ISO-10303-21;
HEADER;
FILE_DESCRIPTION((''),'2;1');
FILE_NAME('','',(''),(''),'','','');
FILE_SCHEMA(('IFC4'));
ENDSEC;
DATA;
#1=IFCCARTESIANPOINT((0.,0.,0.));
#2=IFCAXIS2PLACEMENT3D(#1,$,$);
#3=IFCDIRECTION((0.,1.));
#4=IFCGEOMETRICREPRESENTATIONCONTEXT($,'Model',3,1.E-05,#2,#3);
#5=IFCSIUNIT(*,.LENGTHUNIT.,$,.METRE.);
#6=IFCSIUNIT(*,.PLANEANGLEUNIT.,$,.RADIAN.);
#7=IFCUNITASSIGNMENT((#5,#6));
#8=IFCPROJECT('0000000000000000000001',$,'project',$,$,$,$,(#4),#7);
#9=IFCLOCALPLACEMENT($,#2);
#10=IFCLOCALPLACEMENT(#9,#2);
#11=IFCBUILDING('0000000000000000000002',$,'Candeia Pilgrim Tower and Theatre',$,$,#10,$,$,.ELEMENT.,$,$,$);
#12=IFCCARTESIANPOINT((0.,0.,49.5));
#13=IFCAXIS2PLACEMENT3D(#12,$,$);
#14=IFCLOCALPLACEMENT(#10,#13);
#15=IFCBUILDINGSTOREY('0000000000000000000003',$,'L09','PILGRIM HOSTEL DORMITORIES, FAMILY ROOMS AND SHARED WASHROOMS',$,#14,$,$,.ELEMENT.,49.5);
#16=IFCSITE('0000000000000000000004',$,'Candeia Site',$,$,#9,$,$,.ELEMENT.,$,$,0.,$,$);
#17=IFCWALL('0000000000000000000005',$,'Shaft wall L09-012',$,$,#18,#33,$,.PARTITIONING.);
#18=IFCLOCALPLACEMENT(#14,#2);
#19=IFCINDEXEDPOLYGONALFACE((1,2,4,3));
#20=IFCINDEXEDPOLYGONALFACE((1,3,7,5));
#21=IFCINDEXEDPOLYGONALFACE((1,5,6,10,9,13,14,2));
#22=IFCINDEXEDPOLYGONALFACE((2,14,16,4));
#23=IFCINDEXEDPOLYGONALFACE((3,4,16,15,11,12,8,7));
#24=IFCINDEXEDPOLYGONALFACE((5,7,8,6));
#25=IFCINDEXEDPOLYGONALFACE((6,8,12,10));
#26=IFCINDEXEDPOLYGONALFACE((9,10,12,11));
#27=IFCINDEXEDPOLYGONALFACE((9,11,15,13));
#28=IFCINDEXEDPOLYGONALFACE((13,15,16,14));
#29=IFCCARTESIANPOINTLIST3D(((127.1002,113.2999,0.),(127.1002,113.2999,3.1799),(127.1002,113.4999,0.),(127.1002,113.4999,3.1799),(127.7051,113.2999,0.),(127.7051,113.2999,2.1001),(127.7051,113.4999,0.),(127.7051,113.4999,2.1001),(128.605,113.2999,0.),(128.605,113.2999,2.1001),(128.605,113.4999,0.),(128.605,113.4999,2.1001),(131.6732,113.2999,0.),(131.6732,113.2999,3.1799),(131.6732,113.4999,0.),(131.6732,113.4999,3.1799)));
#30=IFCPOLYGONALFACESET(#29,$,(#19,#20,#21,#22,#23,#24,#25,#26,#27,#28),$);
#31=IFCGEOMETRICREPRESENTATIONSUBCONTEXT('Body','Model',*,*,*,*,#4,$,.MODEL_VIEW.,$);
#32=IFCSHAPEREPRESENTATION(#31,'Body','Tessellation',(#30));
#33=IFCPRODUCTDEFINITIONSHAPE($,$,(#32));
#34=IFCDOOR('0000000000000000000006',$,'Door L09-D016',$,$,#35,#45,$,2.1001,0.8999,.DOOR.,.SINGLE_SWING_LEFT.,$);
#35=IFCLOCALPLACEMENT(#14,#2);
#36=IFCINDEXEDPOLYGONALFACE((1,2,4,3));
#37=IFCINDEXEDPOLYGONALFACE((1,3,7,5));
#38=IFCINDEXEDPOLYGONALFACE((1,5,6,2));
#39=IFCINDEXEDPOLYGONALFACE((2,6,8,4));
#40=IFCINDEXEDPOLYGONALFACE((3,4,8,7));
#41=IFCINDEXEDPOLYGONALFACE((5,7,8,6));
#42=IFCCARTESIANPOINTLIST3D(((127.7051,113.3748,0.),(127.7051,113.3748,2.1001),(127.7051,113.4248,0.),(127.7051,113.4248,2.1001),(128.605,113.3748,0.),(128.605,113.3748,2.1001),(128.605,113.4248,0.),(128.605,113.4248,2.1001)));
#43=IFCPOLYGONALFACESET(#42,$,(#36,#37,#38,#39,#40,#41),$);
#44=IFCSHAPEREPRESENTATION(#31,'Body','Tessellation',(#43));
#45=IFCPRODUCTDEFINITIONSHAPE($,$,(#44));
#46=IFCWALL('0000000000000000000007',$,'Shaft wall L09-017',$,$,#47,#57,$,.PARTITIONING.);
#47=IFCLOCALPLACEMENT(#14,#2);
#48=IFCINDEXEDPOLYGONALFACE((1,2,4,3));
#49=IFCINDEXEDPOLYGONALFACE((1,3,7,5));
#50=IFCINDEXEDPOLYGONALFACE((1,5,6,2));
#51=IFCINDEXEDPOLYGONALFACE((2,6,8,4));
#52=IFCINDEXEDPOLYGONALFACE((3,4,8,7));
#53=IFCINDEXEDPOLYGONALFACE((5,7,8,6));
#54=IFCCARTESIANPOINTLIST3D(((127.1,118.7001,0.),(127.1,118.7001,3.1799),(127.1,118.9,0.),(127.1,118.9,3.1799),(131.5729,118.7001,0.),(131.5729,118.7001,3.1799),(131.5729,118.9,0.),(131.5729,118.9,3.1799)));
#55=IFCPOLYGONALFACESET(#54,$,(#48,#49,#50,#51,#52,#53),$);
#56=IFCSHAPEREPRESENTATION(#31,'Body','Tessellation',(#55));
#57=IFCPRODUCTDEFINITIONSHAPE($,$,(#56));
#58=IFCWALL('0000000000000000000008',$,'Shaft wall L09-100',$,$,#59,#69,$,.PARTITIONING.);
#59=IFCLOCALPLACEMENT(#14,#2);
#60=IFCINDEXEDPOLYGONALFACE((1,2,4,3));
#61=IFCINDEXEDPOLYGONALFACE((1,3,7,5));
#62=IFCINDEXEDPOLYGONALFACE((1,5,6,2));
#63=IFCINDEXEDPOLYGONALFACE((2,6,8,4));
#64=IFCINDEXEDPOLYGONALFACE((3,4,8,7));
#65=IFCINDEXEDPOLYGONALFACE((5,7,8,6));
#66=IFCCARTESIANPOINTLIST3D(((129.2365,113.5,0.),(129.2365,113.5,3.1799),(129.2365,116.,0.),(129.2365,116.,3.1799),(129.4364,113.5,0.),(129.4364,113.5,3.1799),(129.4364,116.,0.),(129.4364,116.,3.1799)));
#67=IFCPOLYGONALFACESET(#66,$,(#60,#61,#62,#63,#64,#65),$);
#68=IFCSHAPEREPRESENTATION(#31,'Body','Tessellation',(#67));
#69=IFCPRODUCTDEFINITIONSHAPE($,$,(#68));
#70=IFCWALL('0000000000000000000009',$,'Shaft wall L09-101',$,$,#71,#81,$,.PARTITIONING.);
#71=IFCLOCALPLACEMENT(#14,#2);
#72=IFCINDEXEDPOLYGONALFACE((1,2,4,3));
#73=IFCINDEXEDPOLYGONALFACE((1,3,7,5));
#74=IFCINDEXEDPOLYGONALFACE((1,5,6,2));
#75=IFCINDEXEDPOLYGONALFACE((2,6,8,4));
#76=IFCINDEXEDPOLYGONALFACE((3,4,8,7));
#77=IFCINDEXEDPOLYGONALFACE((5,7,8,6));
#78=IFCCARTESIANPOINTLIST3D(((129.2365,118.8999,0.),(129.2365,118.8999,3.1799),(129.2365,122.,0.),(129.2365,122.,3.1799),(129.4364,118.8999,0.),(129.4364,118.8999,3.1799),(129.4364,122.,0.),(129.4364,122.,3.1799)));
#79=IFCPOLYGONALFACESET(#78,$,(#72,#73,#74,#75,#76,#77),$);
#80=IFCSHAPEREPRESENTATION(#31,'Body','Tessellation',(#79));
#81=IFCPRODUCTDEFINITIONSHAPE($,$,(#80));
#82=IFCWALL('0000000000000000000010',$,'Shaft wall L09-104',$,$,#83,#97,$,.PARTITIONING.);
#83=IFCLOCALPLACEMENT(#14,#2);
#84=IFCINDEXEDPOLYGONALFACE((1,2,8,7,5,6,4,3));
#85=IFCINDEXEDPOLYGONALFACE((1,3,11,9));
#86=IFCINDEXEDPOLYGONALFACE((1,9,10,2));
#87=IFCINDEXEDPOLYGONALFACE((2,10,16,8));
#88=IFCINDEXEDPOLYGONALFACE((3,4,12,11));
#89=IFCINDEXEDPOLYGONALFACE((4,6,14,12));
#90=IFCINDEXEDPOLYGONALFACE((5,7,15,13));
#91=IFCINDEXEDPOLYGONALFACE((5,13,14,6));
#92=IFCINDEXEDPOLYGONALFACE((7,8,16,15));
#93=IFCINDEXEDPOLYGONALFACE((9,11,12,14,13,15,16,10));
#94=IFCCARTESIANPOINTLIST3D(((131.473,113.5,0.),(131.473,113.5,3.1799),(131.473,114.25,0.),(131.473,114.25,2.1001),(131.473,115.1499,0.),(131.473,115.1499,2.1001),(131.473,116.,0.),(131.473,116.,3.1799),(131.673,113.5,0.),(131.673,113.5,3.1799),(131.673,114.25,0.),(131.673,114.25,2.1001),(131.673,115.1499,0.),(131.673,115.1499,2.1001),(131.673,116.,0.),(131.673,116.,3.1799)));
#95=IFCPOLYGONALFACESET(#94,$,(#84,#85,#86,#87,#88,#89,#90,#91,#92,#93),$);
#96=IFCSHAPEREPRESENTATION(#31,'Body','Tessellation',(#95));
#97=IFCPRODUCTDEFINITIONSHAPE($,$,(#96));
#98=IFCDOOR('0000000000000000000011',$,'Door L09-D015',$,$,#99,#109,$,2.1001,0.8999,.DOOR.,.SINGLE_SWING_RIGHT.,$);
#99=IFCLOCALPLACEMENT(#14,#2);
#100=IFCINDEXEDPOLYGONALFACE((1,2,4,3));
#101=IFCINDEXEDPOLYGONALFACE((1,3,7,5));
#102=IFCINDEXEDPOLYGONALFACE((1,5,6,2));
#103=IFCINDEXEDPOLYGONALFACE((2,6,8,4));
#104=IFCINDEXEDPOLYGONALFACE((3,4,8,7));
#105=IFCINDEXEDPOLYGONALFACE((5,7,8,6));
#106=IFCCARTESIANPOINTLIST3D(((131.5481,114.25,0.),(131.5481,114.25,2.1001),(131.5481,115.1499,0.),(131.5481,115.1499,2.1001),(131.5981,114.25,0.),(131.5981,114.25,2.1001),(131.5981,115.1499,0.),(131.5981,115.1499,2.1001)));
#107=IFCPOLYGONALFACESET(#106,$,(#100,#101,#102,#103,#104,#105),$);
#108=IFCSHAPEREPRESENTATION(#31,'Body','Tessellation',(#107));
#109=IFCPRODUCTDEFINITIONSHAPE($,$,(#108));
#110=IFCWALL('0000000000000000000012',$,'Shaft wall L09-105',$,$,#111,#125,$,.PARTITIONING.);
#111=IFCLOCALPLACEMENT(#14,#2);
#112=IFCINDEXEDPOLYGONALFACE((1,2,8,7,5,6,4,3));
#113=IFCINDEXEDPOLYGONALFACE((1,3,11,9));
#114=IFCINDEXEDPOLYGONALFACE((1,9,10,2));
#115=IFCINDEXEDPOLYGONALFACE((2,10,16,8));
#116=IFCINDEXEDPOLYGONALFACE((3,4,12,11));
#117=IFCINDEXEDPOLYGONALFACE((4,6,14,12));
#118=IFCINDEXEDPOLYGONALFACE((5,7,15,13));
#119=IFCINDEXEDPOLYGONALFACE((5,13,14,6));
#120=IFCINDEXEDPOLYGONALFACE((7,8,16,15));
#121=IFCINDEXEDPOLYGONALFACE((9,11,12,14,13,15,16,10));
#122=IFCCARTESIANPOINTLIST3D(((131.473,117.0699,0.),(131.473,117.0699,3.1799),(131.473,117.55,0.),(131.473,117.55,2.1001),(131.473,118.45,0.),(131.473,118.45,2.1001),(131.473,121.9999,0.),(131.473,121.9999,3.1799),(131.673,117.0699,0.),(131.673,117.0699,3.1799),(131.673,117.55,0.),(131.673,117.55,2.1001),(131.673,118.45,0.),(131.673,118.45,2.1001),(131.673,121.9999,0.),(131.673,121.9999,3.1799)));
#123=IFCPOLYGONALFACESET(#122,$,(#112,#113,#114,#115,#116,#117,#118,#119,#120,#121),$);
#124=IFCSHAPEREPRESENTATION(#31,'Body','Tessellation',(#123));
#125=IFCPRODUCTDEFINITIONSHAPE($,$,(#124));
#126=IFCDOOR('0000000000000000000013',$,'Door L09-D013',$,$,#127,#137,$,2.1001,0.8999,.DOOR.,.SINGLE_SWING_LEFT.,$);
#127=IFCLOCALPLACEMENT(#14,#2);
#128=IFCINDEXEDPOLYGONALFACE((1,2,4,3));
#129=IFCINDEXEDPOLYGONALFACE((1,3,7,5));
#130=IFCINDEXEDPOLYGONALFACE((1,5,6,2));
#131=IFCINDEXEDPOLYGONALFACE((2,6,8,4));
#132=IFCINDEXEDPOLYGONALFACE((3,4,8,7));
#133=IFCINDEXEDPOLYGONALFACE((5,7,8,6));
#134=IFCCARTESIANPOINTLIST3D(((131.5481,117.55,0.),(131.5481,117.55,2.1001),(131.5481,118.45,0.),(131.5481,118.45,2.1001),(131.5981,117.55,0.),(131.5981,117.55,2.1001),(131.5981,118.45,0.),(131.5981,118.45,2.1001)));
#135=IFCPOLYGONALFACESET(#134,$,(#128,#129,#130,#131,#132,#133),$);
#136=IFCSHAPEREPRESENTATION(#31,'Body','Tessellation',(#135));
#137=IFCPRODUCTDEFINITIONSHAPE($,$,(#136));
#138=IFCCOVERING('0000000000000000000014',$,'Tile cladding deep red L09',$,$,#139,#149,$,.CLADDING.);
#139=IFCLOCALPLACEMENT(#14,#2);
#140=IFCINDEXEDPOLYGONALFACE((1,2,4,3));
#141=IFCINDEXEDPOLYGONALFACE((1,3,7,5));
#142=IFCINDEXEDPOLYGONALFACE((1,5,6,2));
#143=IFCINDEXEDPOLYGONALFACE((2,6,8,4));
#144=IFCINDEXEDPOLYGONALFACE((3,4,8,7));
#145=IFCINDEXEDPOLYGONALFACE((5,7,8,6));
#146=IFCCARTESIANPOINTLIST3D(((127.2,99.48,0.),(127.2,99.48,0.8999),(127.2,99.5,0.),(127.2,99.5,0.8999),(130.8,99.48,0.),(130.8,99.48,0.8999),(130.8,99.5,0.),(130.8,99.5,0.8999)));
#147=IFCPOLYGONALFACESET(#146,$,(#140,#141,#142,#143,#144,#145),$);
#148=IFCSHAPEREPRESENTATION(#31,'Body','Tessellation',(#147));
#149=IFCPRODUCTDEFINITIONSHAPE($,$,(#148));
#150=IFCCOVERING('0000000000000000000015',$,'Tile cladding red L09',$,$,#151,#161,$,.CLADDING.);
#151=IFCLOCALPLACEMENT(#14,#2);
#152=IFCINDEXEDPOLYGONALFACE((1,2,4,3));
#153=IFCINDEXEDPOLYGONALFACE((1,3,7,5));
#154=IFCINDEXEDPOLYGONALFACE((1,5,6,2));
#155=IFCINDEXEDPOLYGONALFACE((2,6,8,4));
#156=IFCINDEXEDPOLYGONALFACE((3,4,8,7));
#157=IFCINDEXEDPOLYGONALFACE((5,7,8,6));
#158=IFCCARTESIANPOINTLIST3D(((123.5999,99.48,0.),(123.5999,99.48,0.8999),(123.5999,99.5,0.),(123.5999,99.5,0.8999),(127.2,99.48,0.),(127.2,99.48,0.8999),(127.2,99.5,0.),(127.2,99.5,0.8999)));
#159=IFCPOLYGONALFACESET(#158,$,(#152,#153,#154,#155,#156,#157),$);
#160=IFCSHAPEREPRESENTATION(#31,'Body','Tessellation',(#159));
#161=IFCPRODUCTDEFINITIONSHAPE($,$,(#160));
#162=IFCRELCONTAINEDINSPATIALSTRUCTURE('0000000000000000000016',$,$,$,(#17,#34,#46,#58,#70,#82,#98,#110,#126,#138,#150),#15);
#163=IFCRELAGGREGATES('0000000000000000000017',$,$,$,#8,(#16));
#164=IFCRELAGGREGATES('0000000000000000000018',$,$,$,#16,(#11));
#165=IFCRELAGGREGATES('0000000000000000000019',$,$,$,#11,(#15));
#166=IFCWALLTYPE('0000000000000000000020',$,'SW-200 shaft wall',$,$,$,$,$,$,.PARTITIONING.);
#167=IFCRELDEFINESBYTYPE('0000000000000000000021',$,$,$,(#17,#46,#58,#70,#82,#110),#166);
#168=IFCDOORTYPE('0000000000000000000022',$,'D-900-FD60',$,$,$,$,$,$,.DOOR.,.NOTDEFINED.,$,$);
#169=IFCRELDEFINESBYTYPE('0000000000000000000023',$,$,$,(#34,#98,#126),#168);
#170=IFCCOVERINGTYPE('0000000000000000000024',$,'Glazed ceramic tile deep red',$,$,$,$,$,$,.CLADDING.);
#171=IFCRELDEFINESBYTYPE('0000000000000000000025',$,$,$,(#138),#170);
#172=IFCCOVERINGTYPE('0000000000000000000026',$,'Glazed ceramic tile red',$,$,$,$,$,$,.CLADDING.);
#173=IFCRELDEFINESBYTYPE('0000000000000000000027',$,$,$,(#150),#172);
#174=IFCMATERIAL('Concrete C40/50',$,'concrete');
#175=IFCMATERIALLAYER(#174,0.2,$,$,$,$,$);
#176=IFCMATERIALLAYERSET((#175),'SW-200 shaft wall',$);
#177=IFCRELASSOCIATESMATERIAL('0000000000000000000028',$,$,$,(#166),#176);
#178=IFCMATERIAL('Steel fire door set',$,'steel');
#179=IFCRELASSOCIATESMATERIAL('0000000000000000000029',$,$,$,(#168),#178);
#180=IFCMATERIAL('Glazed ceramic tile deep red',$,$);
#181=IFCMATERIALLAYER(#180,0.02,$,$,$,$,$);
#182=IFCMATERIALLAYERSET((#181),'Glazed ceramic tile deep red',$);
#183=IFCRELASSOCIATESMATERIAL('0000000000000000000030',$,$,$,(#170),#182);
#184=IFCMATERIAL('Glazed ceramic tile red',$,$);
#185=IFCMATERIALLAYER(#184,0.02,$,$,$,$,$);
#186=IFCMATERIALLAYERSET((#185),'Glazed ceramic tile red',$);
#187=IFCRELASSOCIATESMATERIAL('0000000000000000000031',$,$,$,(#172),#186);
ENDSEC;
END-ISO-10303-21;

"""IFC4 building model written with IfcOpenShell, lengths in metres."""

from ifc_helpers import new_model, si_unit, direction, frame, frame_2d, origin, origin_2d, place, context, subcontext, project, spatial, rectangle, extrude, material, layer, layer_set, type_object, element, fill, save


model = new_model("IFC4")

# Units and contexts
model_context = context("Model", 3, precision=1e-05, world=origin(), true_north=direction((0.0, 1.0)))
body_context = subcontext(model_context, "Body", "Model", "MODEL_VIEW")
ifc_project = project(units=[si_unit("LENGTHUNIT", "METRE"), si_unit("PLANEANGLEUNIT", "RADIAN")], contexts=[model_context])

# Site, building, storey
site_placement = place(None, origin())
site = spatial("IfcSite", under=ifc_project, at=site_placement, Name="Candeia Site", CompositionType="ELEMENT", RefElevation=0.0)
building_placement = place(site_placement, origin())
building = spatial("IfcBuilding", under=site, at=building_placement, Name="Candeia Pilgrim Tower and Theatre", CompositionType="ELEMENT")
storey_placement = place(building_placement, frame((0.0, 0.0, 49.5)))
storey = spatial("IfcBuildingStorey", under=building, at=storey_placement, Name="L09", Description="PILGRIM HOSTEL DORMITORIES, FAMILY ROOMS AND SHARED WASHROOMS", CompositionType="ELEMENT", Elevation=49.5)

# Shared definitions
ifc_material_1 = material(Name="Steel fire door set", Category="steel")

# Wall, opening, door
ifc_material_2 = material(Name="Concrete C40/50", Category="concrete")
ifc_layer_1 = layer(ifc_material_2, 0.2)
ifc_layer_set_1 = layer_set([ifc_layer_1], Name="SW-200 shaft wall")
wall_type_1 = type_object("IfcWallType", Name="SW-200 shaft wall", PredefinedType="PARTITIONING", material=ifc_layer_set_1)
wall_1_placement = place(storey_placement, frame((127.1001, 113.3999, 0.0), z_axis=(0.0, 0.0, 1.0), x_axis=(1.0, 0.0, 0.0)))
wall_1 = element("IfcWall", 1, at=wall_1_placement, inside=storey, type_object=wall_type_1, Name="Shaft wall L09-012", PredefinedType="PARTITIONING", context=body_context, shape_type="SweptSolid", body=[
    extrude(rectangle(XDim=4.573, YDim=0.2, at=frame_2d((2.2866, 0.0))), origin(), (0.0, 0.0, 1.0), 3.1799),
])
opening_1_placement = place(wall_1_placement, frame((0.605, 0.0, 0.0)))
opening_1 = element("IfcOpeningElement", 2, at=opening_1_placement, cuts=wall_1, PredefinedType="OPENING", context=body_context, shape_type="SweptSolid", body=[
    extrude(rectangle(XDim=0.8999, YDim=2.1001, at=frame_2d((0.45, 1.05))), frame((0.0, 0.1099, 0.0), z_axis=(0.0, -1.0, 0.0), x_axis=(1.0, 0.0, 0.0)), (0.0, 0.0, 1.0), 0.22),
])
door_type_1 = type_object("IfcDoorType", Name="D-900-FD60", OperationType="NOTDEFINED", PredefinedType="DOOR", material=ifc_material_1)
door_1_placement = place(opening_1_placement, origin())
door_1 = element("IfcDoor", 3, at=door_1_placement, inside=storey, type_object=door_type_1, Name="Door L09-D016", OperationType="SINGLE_SWING_LEFT", OverallHeight=2.1001, OverallWidth=0.8999, PredefinedType="DOOR", context=body_context, shape_type="SweptSolid", body=[
    extrude(rectangle(XDim=0.8999, YDim=2.1001, at=frame_2d((0.45, 1.05))), frame((0.0, 0.0249, 0.0), z_axis=(0.0, -1.0, 0.0), x_axis=(1.0, 0.0, 0.0)), (0.0, 0.0, 1.0), 0.05),
])
fill(opening_1, door_1)

# Walls
wall_2_placement = place(storey_placement, frame((127.1001, 118.8, 0.0), z_axis=(0.0, 0.0, 1.0), x_axis=(1.0, 0.0, 0.0)))
element("IfcWall", 4, at=wall_2_placement, inside=storey, type_object=wall_type_1, Name="Shaft wall L09-017", PredefinedType="PARTITIONING", context=body_context, shape_type="SweptSolid", body=[
    extrude(rectangle(XDim=4.4729, YDim=0.2, at=frame_2d((2.2363, 0.0))), origin(), (0.0, 0.0, 1.0), 3.1799),
])
wall_3_placement = place(storey_placement, frame((129.3364, 113.5, 0.0), z_axis=(0.0, 0.0, 1.0), x_axis=(0.0, 1.0, 0.0)))
element("IfcWall", 5, at=wall_3_placement, inside=storey, type_object=wall_type_1, Name="Shaft wall L09-100", PredefinedType="PARTITIONING", context=body_context, shape_type="SweptSolid", body=[
    extrude(rectangle(XDim=2.5, YDim=0.2, at=frame_2d((1.25, 0.0))), origin(), (0.0, 0.0, 1.0), 3.1799),
])
wall_4_placement = place(storey_placement, frame((129.3364, 118.8999, 0.0), z_axis=(0.0, 0.0, 1.0), x_axis=(0.0, 1.0, 0.0)))
element("IfcWall", 6, at=wall_4_placement, inside=storey, type_object=wall_type_1, Name="Shaft wall L09-101", PredefinedType="PARTITIONING", context=body_context, shape_type="SweptSolid", body=[
    extrude(rectangle(XDim=3.1001, YDim=0.2, at=frame_2d((1.55, 0.0))), origin(), (0.0, 0.0, 1.0), 3.1799),
])

# Walls, openings, doors
wall_5_placement = place(storey_placement, frame((131.573, 113.5, 0.0), z_axis=(0.0, 0.0, 1.0), x_axis=(0.0, 1.0, 0.0)))
wall_5 = element("IfcWall", 7, at=wall_5_placement, inside=storey, type_object=wall_type_1, Name="Shaft wall L09-104", PredefinedType="PARTITIONING", context=body_context, shape_type="SweptSolid", body=[
    extrude(rectangle(XDim=2.5, YDim=0.2, at=frame_2d((1.25, 0.0))), origin(), (0.0, 0.0, 1.0), 3.1799),
])
opening_2_placement = place(wall_5_placement, frame((0.75, 0.0, 0.0)))
opening_2 = element("IfcOpeningElement", 8, at=opening_2_placement, cuts=wall_5, PredefinedType="OPENING", context=body_context, shape_type="SweptSolid", body=[
    extrude(rectangle(XDim=0.8999, YDim=2.1001, at=frame_2d((0.45, 1.05))), frame((0.0, 0.1099, 0.0), z_axis=(0.0, -1.0, 0.0), x_axis=(1.0, 0.0, 0.0)), (0.0, 0.0, 1.0), 0.22),
])
door_2_placement = place(opening_2_placement, origin())
door_2 = element("IfcDoor", 9, at=door_2_placement, inside=storey, type_object=door_type_1, Name="Door L09-D015", OperationType="SINGLE_SWING_RIGHT", OverallHeight=2.1001, OverallWidth=0.8999, PredefinedType="DOOR", context=body_context, shape_type="SweptSolid", body=[
    extrude(rectangle(XDim=0.8999, YDim=2.1001, at=frame_2d((0.45, 1.05))), frame((0.0, 0.0249, 0.0), z_axis=(0.0, -1.0, 0.0), x_axis=(1.0, 0.0, 0.0)), (0.0, 0.0, 1.0), 0.05),
])
fill(opening_2, door_2)
wall_6_placement = place(storey_placement, frame((131.573, 117.0701, 0.0), z_axis=(0.0, 0.0, 1.0), x_axis=(0.0, 1.0, 0.0)))
wall_6 = element("IfcWall", 10, at=wall_6_placement, inside=storey, type_object=wall_type_1, Name="Shaft wall L09-105", PredefinedType="PARTITIONING", context=body_context, shape_type="SweptSolid", body=[
    extrude(rectangle(XDim=4.9299, YDim=0.2, at=frame_2d((2.4648, 0.0))), origin(), (0.0, 0.0, 1.0), 3.1799),
])
opening_3_placement = place(wall_6_placement, frame((0.48, 0.0, 0.0)))
opening_3 = element("IfcOpeningElement", 11, at=opening_3_placement, cuts=wall_6, PredefinedType="OPENING", context=body_context, shape_type="SweptSolid", body=[
    extrude(rectangle(XDim=0.8999, YDim=2.1001, at=frame_2d((0.45, 1.05))), frame((0.0, 0.1099, 0.0), z_axis=(0.0, -1.0, 0.0), x_axis=(1.0, 0.0, 0.0)), (0.0, 0.0, 1.0), 0.22),
])
door_3_placement = place(opening_3_placement, origin())
door_3 = element("IfcDoor", 12, at=door_3_placement, inside=storey, type_object=door_type_1, Name="Door L09-D013", OperationType="SINGLE_SWING_LEFT", OverallHeight=2.1001, OverallWidth=0.8999, PredefinedType="DOOR", context=body_context, shape_type="SweptSolid", body=[
    extrude(rectangle(XDim=0.8999, YDim=2.1001, at=frame_2d((0.45, 1.05))), frame((0.0, 0.0249, 0.0), z_axis=(0.0, -1.0, 0.0), x_axis=(1.0, 0.0, 0.0)), (0.0, 0.0, 1.0), 0.05),
])
fill(opening_3, door_3)

# Coverings
ifc_material_3 = material(Name="Glazed ceramic tile deep red")
ifc_layer_2 = layer(ifc_material_3, 0.02)
ifc_layer_set_2 = layer_set([ifc_layer_2], Name="Glazed ceramic tile deep red")
covering_type_1 = type_object("IfcCoveringType", Name="Glazed ceramic tile deep red", PredefinedType="CLADDING", material=ifc_layer_set_2)
covering_1_placement = place(storey_placement, frame((129.0, 99.49, 0.0), z_axis=(0.0, 0.0, 1.0), x_axis=(1.0, 0.0, 0.0)))
element("IfcCovering", 13, at=covering_1_placement, inside=storey, type_object=covering_type_1, Name="Tile cladding deep red L09", PredefinedType="CLADDING", context=body_context, shape_type="SweptSolid", body=[
    extrude(rectangle(XDim=3.6001, YDim=0.02, at=origin_2d()), origin(), (0.0, 0.0, 1.0), 0.8999),
])
ifc_material_4 = material(Name="Glazed ceramic tile red")
ifc_layer_3 = layer(ifc_material_4, 0.02)
ifc_layer_set_3 = layer_set([ifc_layer_3], Name="Glazed ceramic tile red")
covering_type_2 = type_object("IfcCoveringType", Name="Glazed ceramic tile red", PredefinedType="CLADDING", material=ifc_layer_set_3)
covering_2_placement = place(storey_placement, frame((125.3999, 99.49, 0.0), z_axis=(0.0, 0.0, 1.0), x_axis=(1.0, 0.0, 0.0)))
element("IfcCovering", 14, at=covering_2_placement, inside=storey, type_object=covering_type_2, Name="Tile cladding red L09", PredefinedType="CLADDING", context=body_context, shape_type="SweptSolid", body=[
    extrude(rectangle(XDim=3.6001, YDim=0.02, at=origin_2d()), origin(), (0.0, 0.0, 1.0), 0.8999),
])

save(model, "model.ifc")
